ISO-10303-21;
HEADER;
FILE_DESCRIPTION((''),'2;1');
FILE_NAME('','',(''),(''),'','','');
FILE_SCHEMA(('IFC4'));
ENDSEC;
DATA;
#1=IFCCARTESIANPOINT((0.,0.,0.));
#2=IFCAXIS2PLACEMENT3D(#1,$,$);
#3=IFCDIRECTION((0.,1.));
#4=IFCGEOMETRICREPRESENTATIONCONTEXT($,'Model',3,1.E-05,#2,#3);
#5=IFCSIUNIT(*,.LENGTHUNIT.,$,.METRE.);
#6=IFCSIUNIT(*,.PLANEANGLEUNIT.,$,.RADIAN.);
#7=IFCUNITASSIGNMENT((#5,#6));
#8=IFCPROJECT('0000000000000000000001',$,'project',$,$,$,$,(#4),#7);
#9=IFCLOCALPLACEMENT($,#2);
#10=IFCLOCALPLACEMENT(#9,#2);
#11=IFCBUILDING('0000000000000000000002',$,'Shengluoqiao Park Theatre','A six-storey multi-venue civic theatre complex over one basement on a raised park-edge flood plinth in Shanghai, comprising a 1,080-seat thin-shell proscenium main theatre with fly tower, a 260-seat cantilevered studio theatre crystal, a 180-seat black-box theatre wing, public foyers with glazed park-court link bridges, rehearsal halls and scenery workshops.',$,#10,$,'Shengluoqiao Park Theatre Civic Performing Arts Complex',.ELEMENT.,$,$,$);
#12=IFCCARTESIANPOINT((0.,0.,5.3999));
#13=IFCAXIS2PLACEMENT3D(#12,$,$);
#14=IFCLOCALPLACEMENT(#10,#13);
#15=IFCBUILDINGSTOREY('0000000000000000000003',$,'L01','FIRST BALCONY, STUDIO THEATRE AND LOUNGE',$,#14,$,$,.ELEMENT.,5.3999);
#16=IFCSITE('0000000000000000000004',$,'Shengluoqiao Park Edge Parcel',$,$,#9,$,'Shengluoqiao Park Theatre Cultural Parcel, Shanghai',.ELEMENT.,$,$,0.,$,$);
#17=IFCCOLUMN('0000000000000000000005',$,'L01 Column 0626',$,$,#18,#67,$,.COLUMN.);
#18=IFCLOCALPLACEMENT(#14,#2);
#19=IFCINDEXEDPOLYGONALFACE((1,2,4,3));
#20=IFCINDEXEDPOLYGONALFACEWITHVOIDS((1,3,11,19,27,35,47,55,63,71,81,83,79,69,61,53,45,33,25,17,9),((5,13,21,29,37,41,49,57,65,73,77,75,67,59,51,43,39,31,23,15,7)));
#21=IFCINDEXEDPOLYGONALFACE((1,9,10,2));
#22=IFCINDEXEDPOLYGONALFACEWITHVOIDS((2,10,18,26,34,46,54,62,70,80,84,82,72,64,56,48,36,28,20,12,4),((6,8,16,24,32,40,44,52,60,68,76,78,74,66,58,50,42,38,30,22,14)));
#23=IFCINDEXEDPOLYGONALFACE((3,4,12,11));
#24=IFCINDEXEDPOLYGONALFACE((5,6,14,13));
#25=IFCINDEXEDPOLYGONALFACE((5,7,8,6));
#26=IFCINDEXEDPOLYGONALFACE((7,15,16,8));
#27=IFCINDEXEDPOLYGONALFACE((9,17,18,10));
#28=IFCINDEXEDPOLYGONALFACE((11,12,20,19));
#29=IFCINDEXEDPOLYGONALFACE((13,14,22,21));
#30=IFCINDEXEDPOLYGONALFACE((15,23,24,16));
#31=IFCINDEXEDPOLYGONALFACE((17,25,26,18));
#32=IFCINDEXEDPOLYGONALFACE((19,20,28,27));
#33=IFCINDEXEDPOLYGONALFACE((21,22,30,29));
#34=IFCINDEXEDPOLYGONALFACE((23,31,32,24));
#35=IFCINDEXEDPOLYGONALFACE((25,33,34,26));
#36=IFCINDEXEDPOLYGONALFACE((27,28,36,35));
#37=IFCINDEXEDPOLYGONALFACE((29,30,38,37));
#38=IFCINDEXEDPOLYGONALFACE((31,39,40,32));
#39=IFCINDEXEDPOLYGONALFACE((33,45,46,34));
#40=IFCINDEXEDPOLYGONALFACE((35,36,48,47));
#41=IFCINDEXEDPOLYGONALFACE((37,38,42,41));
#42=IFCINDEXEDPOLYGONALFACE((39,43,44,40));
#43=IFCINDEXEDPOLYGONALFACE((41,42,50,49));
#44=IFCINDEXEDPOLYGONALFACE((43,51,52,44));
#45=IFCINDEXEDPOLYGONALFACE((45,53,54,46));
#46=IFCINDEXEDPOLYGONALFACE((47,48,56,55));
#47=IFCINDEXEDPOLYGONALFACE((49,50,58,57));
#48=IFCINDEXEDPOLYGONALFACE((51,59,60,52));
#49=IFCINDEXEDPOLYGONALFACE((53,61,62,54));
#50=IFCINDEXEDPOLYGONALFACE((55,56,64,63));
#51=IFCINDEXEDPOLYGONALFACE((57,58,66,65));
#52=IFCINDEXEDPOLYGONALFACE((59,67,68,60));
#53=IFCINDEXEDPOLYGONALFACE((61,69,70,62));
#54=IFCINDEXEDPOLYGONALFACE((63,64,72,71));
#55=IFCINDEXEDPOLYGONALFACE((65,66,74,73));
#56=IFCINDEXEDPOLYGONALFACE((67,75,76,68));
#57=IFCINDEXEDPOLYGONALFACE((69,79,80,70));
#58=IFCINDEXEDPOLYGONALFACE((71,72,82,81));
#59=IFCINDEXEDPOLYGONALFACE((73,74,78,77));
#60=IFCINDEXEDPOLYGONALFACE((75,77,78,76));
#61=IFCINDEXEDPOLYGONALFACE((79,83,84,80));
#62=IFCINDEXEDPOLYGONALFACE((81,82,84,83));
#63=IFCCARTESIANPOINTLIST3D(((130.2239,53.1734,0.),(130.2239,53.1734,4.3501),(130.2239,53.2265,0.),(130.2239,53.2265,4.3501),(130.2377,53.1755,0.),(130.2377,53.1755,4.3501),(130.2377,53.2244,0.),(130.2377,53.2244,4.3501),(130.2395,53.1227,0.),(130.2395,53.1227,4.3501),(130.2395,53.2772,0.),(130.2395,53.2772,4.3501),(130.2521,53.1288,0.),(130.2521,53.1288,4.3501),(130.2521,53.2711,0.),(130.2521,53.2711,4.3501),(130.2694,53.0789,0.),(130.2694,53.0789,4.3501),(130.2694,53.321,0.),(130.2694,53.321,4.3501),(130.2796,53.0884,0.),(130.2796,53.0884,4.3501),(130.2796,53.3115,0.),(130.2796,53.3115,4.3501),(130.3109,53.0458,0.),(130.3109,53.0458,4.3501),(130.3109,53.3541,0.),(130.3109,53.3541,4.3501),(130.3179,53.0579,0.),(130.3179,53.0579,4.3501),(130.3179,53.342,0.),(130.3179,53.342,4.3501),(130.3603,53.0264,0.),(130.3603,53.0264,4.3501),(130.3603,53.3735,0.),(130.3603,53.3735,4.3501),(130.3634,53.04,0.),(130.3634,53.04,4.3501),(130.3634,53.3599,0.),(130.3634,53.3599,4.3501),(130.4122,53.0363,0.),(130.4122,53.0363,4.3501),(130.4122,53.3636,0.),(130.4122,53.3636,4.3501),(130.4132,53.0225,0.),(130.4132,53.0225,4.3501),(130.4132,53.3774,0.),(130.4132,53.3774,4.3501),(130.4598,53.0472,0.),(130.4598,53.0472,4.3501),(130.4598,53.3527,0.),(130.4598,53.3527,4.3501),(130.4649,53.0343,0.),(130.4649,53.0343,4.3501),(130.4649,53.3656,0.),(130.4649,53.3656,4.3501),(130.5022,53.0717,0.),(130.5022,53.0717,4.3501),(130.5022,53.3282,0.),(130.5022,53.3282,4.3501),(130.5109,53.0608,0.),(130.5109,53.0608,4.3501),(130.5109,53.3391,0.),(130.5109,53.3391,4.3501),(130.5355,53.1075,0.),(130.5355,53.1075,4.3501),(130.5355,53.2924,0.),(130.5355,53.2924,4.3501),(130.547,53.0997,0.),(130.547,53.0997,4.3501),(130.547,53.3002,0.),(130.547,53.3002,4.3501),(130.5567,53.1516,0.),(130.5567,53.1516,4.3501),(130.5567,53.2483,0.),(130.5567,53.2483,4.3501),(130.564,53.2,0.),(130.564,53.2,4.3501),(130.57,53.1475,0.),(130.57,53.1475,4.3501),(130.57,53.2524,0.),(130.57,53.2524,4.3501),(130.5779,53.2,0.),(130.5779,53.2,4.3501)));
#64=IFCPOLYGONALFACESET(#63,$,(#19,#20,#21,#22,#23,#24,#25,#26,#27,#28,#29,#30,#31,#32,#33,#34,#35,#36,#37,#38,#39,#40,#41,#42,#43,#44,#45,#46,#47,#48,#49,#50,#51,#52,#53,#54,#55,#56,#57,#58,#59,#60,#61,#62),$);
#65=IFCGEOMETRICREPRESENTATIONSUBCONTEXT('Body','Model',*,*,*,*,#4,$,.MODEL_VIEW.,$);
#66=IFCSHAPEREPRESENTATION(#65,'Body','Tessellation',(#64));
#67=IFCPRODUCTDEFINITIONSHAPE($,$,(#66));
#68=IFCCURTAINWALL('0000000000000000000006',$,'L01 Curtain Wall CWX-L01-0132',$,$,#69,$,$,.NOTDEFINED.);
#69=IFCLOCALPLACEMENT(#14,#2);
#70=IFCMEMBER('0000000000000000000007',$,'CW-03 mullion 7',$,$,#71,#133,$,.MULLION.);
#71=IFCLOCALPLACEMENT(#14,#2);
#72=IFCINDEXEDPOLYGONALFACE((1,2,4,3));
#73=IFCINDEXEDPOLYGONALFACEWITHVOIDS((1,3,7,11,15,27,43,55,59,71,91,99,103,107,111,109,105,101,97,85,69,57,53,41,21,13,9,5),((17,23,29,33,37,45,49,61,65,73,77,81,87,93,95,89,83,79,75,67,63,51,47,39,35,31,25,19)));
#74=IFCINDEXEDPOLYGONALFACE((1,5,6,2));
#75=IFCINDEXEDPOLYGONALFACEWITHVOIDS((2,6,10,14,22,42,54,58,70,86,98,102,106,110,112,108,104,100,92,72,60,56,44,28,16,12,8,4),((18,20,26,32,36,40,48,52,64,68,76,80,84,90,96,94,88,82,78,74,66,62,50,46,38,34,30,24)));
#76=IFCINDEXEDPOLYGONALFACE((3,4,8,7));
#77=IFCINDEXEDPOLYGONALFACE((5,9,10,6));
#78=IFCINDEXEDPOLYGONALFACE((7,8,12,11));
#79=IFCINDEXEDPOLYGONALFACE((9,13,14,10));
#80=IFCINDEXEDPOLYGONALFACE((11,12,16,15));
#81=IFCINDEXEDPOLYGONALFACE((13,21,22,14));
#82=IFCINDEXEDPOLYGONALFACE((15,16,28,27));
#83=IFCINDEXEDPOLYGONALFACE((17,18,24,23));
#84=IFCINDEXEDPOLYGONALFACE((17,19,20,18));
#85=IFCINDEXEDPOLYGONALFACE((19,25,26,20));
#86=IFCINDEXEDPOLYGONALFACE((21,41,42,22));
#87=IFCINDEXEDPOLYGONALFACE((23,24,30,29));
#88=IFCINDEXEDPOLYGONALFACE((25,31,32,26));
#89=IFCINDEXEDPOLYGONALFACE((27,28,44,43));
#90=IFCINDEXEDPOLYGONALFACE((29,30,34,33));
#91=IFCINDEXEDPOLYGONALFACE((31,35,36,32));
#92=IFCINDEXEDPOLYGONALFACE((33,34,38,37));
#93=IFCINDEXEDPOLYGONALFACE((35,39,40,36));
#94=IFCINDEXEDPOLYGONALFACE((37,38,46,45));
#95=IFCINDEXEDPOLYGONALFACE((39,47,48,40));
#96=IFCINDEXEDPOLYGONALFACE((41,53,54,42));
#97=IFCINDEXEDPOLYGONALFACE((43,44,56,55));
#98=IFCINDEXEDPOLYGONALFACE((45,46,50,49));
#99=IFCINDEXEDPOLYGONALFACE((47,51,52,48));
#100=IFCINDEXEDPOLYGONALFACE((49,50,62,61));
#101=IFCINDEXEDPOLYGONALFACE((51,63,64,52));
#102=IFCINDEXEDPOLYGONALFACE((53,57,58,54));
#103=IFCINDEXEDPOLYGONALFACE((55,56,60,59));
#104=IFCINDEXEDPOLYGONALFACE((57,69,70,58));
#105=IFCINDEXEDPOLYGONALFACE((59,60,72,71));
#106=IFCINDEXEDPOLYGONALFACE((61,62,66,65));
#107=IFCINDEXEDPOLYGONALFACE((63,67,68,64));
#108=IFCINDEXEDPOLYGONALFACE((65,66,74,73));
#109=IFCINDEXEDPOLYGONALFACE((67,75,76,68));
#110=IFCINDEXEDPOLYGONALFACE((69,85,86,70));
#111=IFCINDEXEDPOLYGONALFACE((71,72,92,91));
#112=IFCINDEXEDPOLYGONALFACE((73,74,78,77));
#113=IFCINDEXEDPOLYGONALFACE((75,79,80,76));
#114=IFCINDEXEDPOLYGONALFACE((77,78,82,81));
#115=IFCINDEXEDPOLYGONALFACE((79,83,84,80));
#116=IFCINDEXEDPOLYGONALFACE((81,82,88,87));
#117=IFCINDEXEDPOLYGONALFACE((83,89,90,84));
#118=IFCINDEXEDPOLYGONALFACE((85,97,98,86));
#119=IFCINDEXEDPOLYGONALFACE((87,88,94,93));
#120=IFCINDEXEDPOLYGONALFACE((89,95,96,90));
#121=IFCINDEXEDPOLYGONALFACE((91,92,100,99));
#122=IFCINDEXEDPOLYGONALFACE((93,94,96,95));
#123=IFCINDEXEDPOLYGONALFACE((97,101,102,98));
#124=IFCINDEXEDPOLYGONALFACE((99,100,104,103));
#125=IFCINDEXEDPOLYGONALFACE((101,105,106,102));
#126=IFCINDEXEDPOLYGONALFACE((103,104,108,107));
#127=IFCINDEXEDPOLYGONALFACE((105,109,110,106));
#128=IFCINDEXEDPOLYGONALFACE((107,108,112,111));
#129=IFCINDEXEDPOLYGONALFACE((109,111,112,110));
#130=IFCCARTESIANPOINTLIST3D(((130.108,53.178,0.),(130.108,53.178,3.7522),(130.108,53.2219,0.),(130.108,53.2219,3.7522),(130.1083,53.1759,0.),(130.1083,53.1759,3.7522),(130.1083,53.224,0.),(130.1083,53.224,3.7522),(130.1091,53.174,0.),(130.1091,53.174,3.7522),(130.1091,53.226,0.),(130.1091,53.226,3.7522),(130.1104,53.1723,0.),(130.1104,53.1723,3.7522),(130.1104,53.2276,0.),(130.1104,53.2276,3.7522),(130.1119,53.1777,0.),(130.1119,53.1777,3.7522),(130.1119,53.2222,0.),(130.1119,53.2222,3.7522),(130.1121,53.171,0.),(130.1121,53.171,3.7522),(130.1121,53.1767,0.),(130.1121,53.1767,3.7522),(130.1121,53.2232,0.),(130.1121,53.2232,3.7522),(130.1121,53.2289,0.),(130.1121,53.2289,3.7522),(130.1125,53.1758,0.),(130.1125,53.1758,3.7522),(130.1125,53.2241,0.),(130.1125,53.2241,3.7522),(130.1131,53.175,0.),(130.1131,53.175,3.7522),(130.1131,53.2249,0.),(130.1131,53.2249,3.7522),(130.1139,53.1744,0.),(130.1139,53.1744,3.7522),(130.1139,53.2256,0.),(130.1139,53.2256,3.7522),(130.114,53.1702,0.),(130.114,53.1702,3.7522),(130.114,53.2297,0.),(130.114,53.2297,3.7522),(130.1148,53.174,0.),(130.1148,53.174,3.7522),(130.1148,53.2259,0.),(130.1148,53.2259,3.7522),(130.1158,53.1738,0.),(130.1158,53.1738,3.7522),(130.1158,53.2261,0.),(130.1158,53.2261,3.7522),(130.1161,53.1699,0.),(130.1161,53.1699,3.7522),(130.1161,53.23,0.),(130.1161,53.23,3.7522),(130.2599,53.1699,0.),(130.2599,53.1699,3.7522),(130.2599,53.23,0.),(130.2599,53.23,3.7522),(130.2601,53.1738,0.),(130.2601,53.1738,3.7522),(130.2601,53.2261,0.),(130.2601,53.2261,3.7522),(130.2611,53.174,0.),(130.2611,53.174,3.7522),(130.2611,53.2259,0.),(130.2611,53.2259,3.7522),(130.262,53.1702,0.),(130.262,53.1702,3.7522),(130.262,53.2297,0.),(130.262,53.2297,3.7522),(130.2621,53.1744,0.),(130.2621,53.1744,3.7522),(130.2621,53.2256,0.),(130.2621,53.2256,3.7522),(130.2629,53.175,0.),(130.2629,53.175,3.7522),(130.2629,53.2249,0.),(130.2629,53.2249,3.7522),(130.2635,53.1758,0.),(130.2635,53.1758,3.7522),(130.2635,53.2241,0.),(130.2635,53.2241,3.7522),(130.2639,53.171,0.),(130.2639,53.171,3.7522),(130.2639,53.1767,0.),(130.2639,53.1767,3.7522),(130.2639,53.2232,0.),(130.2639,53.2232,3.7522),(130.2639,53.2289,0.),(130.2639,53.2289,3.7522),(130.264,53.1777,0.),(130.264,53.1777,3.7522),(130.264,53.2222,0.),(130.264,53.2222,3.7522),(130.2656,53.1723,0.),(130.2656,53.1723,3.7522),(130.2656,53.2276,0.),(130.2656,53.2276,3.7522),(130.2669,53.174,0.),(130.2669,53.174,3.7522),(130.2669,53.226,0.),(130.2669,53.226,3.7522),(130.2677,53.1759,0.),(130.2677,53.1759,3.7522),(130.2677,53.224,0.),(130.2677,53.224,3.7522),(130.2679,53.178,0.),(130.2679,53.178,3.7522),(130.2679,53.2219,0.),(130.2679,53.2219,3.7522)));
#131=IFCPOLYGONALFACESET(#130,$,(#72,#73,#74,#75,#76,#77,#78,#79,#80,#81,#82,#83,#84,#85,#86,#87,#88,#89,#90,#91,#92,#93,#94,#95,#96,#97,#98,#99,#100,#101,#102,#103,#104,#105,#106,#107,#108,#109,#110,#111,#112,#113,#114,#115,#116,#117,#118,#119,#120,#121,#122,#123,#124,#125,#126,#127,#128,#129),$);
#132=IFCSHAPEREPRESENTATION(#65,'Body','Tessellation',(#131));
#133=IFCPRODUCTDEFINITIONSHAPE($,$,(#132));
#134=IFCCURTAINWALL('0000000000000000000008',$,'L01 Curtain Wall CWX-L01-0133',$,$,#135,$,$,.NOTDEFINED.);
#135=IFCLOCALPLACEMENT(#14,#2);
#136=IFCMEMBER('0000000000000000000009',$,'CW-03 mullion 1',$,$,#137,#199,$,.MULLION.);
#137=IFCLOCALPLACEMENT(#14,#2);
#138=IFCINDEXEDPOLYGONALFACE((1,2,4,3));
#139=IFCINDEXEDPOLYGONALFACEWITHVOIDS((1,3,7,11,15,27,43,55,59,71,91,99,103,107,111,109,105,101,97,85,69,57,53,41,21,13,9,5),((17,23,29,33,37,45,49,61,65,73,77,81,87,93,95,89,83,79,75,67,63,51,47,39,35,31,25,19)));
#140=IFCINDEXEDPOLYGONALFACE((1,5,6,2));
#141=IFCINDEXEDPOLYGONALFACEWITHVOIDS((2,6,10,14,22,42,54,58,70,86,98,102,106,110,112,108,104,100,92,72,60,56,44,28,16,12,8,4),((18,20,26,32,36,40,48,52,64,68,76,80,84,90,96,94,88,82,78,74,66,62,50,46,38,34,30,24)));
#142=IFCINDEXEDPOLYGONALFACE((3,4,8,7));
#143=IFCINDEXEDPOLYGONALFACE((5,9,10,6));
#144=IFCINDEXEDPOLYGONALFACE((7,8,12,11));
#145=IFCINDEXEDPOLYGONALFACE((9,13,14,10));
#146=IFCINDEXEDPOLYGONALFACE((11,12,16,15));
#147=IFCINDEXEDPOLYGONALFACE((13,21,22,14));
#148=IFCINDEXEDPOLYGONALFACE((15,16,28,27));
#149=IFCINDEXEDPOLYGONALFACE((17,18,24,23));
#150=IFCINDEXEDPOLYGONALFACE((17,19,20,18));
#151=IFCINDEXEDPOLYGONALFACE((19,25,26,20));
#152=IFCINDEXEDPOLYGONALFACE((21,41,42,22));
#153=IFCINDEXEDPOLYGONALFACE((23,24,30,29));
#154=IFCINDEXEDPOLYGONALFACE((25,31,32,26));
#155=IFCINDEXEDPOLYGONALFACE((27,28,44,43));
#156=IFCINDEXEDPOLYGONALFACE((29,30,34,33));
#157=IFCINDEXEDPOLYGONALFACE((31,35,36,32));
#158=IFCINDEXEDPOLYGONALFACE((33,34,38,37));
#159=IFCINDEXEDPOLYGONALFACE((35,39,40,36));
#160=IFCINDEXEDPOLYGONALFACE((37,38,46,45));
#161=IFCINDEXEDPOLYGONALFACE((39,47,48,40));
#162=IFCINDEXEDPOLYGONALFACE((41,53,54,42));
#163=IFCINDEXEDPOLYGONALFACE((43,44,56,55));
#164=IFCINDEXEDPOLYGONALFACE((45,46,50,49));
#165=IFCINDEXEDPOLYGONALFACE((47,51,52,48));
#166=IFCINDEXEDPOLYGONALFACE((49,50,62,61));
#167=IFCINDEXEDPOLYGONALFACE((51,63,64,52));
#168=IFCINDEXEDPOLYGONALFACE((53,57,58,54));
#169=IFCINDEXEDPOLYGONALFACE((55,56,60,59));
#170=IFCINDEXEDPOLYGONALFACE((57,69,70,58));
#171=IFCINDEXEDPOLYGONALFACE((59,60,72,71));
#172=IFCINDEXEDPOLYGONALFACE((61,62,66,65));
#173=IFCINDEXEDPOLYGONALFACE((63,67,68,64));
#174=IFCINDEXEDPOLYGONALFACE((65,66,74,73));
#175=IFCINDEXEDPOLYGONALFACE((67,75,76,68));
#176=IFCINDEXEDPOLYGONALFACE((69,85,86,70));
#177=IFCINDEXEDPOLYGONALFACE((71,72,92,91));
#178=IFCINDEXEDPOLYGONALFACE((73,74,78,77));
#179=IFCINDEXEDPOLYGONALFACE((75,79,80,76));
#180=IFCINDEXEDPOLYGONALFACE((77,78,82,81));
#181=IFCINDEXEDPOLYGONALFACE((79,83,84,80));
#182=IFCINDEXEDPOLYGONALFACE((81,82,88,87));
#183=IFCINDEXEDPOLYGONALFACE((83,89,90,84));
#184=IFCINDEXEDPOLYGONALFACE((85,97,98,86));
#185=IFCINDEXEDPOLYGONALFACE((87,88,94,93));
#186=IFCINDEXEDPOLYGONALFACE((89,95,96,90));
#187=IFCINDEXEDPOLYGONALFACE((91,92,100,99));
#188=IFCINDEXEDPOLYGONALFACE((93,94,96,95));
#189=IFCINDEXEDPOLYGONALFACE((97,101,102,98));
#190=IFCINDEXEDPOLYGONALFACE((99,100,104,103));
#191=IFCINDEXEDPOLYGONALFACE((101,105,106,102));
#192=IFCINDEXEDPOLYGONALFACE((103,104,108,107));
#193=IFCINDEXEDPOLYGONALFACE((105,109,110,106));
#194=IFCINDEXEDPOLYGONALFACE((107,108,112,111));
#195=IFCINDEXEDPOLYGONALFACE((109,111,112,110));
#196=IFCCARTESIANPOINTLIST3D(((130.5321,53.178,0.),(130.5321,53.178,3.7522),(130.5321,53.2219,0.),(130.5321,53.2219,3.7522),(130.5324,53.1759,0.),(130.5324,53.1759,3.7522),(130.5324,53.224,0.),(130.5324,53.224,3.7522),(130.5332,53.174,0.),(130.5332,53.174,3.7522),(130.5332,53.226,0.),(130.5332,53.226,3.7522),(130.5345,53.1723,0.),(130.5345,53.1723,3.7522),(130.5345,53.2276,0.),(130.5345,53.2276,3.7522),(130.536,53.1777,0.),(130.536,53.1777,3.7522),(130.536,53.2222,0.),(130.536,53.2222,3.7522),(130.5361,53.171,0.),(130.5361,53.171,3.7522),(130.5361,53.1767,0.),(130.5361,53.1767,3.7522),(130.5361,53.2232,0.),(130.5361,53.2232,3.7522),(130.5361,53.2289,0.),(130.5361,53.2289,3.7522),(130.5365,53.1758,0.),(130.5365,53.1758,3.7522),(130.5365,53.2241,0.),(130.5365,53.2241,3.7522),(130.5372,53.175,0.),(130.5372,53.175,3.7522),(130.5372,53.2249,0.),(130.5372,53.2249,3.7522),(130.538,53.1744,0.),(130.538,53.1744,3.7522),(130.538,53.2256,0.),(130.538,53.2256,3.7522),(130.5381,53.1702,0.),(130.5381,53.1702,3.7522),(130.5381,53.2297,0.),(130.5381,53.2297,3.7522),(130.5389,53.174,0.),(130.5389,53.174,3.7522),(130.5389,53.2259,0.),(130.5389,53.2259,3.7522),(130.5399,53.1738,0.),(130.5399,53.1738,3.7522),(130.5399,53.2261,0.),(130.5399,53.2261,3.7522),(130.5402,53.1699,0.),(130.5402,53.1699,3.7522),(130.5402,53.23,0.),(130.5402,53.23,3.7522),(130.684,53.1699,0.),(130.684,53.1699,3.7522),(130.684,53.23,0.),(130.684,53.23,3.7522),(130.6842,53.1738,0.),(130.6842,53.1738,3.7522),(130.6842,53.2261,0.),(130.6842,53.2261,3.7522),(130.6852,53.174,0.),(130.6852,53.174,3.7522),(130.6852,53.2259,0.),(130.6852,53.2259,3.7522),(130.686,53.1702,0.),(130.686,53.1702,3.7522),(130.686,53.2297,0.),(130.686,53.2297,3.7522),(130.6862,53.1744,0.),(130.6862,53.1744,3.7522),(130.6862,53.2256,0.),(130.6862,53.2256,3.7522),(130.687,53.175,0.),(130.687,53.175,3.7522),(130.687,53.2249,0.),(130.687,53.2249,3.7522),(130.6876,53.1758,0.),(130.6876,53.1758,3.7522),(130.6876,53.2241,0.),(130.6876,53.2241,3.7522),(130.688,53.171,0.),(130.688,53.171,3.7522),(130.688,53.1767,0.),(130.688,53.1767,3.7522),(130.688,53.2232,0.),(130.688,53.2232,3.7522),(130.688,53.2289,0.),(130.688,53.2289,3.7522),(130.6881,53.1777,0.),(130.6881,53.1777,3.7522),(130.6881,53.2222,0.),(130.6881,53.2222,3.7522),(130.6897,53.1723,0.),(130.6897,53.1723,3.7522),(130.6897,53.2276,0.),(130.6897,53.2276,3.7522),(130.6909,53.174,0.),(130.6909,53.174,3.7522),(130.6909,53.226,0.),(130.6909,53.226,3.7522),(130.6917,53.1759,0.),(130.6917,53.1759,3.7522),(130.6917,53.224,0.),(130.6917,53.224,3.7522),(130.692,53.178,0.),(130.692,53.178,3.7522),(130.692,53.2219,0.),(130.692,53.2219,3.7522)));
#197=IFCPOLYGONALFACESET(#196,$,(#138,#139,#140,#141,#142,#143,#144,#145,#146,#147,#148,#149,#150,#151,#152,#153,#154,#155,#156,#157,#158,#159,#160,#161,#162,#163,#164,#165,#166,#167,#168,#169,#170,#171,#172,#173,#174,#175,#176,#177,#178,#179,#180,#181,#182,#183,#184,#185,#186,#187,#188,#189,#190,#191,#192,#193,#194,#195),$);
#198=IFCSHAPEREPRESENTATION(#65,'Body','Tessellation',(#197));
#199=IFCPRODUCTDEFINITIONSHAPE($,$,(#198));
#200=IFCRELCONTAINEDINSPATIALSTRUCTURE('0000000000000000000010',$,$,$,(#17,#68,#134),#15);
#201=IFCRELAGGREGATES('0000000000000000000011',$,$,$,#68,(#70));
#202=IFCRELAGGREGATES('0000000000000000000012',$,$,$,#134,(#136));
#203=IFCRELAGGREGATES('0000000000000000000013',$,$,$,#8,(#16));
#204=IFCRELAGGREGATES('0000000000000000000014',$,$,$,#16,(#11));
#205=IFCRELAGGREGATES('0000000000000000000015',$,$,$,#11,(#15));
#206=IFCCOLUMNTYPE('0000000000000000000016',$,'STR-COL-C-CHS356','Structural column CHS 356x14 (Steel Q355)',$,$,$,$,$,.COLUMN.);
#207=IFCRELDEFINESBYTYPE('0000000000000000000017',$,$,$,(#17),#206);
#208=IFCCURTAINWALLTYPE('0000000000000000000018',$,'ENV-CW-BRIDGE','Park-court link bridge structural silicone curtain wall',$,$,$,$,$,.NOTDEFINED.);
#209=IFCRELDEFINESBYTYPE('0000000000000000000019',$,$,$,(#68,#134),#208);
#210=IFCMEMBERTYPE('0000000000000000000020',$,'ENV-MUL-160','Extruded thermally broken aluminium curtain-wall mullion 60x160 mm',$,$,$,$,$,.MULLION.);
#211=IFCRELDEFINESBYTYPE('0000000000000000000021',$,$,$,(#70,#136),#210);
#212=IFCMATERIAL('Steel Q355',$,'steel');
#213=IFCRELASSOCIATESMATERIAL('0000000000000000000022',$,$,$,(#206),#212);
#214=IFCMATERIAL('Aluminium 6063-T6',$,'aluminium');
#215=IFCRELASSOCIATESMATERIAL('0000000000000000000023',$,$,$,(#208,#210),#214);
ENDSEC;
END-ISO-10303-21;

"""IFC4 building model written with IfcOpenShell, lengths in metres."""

from ifc_helpers import new_model, si_unit, direction, frame, origin, origin_2d, place, context, subcontext, project, spatial, hollow_rectangle, hollow_circle, extrude, material, material_profile, profile_set, type_object, element, aggregate, save


model = new_model("IFC4")

# Units and contexts
model_context = context("Model", 3, precision=1e-05, world=origin(), true_north=direction((0.0, 1.0)))
body_context = subcontext(model_context, "Body", "Model", "MODEL_VIEW")
ifc_project = project(units=[si_unit("LENGTHUNIT", "METRE"), si_unit("PLANEANGLEUNIT", "RADIAN")], contexts=[model_context])

# Site, building, storey
site_placement = place(None, origin())
site = spatial("IfcSite", under=ifc_project, at=site_placement, Name="Shengluoqiao Park Edge Parcel", LongName="Shengluoqiao Park Theatre Cultural Parcel, Shanghai", CompositionType="ELEMENT", RefElevation=0.0)
building_placement = place(site_placement, origin())
building = spatial("IfcBuilding", under=site, at=building_placement, Name="Shengluoqiao Park Theatre", Description="A six-storey multi-venue civic theatre complex over one basement on a raised park-edge flood plinth in Shanghai, comprising a 1,080-seat thin-shell proscenium main theatre with fly tower, a 260-seat cantilevered studio theatre crystal, a 180-seat black-box theatre wing, public foyers with glazed park-court link bridges, rehearsal halls and scenery workshops.", LongName="Shengluoqiao Park Theatre Civic Performing Arts Complex", CompositionType="ELEMENT")
storey_placement = place(building_placement, frame((0.0, 0.0, 5.3999)))
storey = spatial("IfcBuildingStorey", under=building, at=storey_placement, Name="L01", Description="FIRST BALCONY, STUDIO THEATRE AND LOUNGE", CompositionType="ELEMENT", Elevation=5.3999)

# Column
ifc_material_1 = material(Name="Steel Q355", Category="steel")
ifc_material_profile_1 = material_profile(ifc_material_1, hollow_circle(Radius=0.178, WallThickness=0.0139, at=origin_2d()), Name="CHS 356x14")
ifc_profile_set_1 = profile_set([ifc_material_profile_1], Name="Steel Q355")
column_type = type_object("IfcColumnType", Name="STR-COL-C-CHS356", Description="Structural column CHS 356x14 (Steel Q355)", PredefinedType="COLUMN", material=ifc_profile_set_1)
column_placement = place(storey_placement, frame((130.3999, 53.2, 0.0), z_axis=(0.0, 0.0, 1.0), x_axis=(1.0, 0.0, 0.0)))
element("IfcColumn", 1, at=column_placement, inside=storey, type_object=column_type, Name="L01 Column 0626", PredefinedType="COLUMN", context=body_context, shape_type="SweptSolid", body=[
    extrude(hollow_circle(Radius=0.178, WallThickness=0.0139, at=origin_2d()), origin(), (0.0, 0.0, 1.0), 4.3501),
])

# Curtain wall, member
ifc_material_2 = material(Name="Aluminium 6063-T6", Category="aluminium")
curtain_wall_type = type_object("IfcCurtainWallType", Name="ENV-CW-BRIDGE", Description="Park-court link bridge structural silicone curtain wall", PredefinedType="NOTDEFINED", material=ifc_material_2)
curtain_wall_1_placement = place(storey_placement, origin())
curtain_wall_1 = element("IfcCurtainWall", 2, at=curtain_wall_1_placement, inside=storey, type_object=curtain_wall_type, Name="L01 Curtain Wall CWX-L01-0132", PredefinedType="NOTDEFINED")
ifc_material_profile_2 = material_profile(ifc_material_2, hollow_rectangle(XDim=0.0601, YDim=0.1599, WallThickness=0.0039, InnerFilletRadius=0.0039, OuterFilletRadius=0.0081, at=origin_2d()), Name="ALU MULLION 160x60x4")
ifc_profile_set_2 = profile_set([ifc_material_profile_2], Name="Aluminium 6063-T6")
member_type_1 = type_object("IfcMemberType", Name="ENV-MUL-160", Description="Extruded thermally broken aluminium curtain-wall mullion 60x160 mm", PredefinedType="MULLION", material=ifc_profile_set_2)
member_1_placement = place(storey_placement, frame((130.188, 53.2, 0.0), z_axis=(0.0, 0.0, 1.0), x_axis=(0.0, 1.0, 0.0)))
member_1 = element("IfcMember", 3, at=member_1_placement, type_object=member_type_1, Name="CW-03 mullion 7", PredefinedType="MULLION", context=body_context, shape_type="SweptSolid", body=[
    extrude(hollow_rectangle(XDim=0.0601, YDim=0.1599, WallThickness=0.0039, InnerFilletRadius=0.0039, OuterFilletRadius=0.0081, at=origin_2d()), origin(), (0.0, 0.0, 1.0), 3.7522),
])

# Curtain wall, member
curtain_wall_2_placement = place(storey_placement, origin())
curtain_wall_2 = element("IfcCurtainWall", 4, at=curtain_wall_2_placement, inside=storey, type_object=curtain_wall_type, Name="L01 Curtain Wall CWX-L01-0133", PredefinedType="NOTDEFINED")
member_2_placement = place(storey_placement, frame((130.6121, 53.2, 0.0), z_axis=(0.0, 0.0, 1.0), x_axis=(0.0, 1.0, 0.0)))
member_2 = element("IfcMember", 5, at=member_2_placement, type_object=member_type_1, Name="CW-03 mullion 1", PredefinedType="MULLION", context=body_context, shape_type="SweptSolid", body=[
    extrude(hollow_rectangle(XDim=0.0601, YDim=0.1599, WallThickness=0.0039, InnerFilletRadius=0.0039, OuterFilletRadius=0.0081, at=origin_2d()), origin(), (0.0, 0.0, 1.0), 3.7522),
])

aggregate(curtain_wall_1, [member_1])
aggregate(curtain_wall_2, [member_2])

save(model, "model.ifc")
